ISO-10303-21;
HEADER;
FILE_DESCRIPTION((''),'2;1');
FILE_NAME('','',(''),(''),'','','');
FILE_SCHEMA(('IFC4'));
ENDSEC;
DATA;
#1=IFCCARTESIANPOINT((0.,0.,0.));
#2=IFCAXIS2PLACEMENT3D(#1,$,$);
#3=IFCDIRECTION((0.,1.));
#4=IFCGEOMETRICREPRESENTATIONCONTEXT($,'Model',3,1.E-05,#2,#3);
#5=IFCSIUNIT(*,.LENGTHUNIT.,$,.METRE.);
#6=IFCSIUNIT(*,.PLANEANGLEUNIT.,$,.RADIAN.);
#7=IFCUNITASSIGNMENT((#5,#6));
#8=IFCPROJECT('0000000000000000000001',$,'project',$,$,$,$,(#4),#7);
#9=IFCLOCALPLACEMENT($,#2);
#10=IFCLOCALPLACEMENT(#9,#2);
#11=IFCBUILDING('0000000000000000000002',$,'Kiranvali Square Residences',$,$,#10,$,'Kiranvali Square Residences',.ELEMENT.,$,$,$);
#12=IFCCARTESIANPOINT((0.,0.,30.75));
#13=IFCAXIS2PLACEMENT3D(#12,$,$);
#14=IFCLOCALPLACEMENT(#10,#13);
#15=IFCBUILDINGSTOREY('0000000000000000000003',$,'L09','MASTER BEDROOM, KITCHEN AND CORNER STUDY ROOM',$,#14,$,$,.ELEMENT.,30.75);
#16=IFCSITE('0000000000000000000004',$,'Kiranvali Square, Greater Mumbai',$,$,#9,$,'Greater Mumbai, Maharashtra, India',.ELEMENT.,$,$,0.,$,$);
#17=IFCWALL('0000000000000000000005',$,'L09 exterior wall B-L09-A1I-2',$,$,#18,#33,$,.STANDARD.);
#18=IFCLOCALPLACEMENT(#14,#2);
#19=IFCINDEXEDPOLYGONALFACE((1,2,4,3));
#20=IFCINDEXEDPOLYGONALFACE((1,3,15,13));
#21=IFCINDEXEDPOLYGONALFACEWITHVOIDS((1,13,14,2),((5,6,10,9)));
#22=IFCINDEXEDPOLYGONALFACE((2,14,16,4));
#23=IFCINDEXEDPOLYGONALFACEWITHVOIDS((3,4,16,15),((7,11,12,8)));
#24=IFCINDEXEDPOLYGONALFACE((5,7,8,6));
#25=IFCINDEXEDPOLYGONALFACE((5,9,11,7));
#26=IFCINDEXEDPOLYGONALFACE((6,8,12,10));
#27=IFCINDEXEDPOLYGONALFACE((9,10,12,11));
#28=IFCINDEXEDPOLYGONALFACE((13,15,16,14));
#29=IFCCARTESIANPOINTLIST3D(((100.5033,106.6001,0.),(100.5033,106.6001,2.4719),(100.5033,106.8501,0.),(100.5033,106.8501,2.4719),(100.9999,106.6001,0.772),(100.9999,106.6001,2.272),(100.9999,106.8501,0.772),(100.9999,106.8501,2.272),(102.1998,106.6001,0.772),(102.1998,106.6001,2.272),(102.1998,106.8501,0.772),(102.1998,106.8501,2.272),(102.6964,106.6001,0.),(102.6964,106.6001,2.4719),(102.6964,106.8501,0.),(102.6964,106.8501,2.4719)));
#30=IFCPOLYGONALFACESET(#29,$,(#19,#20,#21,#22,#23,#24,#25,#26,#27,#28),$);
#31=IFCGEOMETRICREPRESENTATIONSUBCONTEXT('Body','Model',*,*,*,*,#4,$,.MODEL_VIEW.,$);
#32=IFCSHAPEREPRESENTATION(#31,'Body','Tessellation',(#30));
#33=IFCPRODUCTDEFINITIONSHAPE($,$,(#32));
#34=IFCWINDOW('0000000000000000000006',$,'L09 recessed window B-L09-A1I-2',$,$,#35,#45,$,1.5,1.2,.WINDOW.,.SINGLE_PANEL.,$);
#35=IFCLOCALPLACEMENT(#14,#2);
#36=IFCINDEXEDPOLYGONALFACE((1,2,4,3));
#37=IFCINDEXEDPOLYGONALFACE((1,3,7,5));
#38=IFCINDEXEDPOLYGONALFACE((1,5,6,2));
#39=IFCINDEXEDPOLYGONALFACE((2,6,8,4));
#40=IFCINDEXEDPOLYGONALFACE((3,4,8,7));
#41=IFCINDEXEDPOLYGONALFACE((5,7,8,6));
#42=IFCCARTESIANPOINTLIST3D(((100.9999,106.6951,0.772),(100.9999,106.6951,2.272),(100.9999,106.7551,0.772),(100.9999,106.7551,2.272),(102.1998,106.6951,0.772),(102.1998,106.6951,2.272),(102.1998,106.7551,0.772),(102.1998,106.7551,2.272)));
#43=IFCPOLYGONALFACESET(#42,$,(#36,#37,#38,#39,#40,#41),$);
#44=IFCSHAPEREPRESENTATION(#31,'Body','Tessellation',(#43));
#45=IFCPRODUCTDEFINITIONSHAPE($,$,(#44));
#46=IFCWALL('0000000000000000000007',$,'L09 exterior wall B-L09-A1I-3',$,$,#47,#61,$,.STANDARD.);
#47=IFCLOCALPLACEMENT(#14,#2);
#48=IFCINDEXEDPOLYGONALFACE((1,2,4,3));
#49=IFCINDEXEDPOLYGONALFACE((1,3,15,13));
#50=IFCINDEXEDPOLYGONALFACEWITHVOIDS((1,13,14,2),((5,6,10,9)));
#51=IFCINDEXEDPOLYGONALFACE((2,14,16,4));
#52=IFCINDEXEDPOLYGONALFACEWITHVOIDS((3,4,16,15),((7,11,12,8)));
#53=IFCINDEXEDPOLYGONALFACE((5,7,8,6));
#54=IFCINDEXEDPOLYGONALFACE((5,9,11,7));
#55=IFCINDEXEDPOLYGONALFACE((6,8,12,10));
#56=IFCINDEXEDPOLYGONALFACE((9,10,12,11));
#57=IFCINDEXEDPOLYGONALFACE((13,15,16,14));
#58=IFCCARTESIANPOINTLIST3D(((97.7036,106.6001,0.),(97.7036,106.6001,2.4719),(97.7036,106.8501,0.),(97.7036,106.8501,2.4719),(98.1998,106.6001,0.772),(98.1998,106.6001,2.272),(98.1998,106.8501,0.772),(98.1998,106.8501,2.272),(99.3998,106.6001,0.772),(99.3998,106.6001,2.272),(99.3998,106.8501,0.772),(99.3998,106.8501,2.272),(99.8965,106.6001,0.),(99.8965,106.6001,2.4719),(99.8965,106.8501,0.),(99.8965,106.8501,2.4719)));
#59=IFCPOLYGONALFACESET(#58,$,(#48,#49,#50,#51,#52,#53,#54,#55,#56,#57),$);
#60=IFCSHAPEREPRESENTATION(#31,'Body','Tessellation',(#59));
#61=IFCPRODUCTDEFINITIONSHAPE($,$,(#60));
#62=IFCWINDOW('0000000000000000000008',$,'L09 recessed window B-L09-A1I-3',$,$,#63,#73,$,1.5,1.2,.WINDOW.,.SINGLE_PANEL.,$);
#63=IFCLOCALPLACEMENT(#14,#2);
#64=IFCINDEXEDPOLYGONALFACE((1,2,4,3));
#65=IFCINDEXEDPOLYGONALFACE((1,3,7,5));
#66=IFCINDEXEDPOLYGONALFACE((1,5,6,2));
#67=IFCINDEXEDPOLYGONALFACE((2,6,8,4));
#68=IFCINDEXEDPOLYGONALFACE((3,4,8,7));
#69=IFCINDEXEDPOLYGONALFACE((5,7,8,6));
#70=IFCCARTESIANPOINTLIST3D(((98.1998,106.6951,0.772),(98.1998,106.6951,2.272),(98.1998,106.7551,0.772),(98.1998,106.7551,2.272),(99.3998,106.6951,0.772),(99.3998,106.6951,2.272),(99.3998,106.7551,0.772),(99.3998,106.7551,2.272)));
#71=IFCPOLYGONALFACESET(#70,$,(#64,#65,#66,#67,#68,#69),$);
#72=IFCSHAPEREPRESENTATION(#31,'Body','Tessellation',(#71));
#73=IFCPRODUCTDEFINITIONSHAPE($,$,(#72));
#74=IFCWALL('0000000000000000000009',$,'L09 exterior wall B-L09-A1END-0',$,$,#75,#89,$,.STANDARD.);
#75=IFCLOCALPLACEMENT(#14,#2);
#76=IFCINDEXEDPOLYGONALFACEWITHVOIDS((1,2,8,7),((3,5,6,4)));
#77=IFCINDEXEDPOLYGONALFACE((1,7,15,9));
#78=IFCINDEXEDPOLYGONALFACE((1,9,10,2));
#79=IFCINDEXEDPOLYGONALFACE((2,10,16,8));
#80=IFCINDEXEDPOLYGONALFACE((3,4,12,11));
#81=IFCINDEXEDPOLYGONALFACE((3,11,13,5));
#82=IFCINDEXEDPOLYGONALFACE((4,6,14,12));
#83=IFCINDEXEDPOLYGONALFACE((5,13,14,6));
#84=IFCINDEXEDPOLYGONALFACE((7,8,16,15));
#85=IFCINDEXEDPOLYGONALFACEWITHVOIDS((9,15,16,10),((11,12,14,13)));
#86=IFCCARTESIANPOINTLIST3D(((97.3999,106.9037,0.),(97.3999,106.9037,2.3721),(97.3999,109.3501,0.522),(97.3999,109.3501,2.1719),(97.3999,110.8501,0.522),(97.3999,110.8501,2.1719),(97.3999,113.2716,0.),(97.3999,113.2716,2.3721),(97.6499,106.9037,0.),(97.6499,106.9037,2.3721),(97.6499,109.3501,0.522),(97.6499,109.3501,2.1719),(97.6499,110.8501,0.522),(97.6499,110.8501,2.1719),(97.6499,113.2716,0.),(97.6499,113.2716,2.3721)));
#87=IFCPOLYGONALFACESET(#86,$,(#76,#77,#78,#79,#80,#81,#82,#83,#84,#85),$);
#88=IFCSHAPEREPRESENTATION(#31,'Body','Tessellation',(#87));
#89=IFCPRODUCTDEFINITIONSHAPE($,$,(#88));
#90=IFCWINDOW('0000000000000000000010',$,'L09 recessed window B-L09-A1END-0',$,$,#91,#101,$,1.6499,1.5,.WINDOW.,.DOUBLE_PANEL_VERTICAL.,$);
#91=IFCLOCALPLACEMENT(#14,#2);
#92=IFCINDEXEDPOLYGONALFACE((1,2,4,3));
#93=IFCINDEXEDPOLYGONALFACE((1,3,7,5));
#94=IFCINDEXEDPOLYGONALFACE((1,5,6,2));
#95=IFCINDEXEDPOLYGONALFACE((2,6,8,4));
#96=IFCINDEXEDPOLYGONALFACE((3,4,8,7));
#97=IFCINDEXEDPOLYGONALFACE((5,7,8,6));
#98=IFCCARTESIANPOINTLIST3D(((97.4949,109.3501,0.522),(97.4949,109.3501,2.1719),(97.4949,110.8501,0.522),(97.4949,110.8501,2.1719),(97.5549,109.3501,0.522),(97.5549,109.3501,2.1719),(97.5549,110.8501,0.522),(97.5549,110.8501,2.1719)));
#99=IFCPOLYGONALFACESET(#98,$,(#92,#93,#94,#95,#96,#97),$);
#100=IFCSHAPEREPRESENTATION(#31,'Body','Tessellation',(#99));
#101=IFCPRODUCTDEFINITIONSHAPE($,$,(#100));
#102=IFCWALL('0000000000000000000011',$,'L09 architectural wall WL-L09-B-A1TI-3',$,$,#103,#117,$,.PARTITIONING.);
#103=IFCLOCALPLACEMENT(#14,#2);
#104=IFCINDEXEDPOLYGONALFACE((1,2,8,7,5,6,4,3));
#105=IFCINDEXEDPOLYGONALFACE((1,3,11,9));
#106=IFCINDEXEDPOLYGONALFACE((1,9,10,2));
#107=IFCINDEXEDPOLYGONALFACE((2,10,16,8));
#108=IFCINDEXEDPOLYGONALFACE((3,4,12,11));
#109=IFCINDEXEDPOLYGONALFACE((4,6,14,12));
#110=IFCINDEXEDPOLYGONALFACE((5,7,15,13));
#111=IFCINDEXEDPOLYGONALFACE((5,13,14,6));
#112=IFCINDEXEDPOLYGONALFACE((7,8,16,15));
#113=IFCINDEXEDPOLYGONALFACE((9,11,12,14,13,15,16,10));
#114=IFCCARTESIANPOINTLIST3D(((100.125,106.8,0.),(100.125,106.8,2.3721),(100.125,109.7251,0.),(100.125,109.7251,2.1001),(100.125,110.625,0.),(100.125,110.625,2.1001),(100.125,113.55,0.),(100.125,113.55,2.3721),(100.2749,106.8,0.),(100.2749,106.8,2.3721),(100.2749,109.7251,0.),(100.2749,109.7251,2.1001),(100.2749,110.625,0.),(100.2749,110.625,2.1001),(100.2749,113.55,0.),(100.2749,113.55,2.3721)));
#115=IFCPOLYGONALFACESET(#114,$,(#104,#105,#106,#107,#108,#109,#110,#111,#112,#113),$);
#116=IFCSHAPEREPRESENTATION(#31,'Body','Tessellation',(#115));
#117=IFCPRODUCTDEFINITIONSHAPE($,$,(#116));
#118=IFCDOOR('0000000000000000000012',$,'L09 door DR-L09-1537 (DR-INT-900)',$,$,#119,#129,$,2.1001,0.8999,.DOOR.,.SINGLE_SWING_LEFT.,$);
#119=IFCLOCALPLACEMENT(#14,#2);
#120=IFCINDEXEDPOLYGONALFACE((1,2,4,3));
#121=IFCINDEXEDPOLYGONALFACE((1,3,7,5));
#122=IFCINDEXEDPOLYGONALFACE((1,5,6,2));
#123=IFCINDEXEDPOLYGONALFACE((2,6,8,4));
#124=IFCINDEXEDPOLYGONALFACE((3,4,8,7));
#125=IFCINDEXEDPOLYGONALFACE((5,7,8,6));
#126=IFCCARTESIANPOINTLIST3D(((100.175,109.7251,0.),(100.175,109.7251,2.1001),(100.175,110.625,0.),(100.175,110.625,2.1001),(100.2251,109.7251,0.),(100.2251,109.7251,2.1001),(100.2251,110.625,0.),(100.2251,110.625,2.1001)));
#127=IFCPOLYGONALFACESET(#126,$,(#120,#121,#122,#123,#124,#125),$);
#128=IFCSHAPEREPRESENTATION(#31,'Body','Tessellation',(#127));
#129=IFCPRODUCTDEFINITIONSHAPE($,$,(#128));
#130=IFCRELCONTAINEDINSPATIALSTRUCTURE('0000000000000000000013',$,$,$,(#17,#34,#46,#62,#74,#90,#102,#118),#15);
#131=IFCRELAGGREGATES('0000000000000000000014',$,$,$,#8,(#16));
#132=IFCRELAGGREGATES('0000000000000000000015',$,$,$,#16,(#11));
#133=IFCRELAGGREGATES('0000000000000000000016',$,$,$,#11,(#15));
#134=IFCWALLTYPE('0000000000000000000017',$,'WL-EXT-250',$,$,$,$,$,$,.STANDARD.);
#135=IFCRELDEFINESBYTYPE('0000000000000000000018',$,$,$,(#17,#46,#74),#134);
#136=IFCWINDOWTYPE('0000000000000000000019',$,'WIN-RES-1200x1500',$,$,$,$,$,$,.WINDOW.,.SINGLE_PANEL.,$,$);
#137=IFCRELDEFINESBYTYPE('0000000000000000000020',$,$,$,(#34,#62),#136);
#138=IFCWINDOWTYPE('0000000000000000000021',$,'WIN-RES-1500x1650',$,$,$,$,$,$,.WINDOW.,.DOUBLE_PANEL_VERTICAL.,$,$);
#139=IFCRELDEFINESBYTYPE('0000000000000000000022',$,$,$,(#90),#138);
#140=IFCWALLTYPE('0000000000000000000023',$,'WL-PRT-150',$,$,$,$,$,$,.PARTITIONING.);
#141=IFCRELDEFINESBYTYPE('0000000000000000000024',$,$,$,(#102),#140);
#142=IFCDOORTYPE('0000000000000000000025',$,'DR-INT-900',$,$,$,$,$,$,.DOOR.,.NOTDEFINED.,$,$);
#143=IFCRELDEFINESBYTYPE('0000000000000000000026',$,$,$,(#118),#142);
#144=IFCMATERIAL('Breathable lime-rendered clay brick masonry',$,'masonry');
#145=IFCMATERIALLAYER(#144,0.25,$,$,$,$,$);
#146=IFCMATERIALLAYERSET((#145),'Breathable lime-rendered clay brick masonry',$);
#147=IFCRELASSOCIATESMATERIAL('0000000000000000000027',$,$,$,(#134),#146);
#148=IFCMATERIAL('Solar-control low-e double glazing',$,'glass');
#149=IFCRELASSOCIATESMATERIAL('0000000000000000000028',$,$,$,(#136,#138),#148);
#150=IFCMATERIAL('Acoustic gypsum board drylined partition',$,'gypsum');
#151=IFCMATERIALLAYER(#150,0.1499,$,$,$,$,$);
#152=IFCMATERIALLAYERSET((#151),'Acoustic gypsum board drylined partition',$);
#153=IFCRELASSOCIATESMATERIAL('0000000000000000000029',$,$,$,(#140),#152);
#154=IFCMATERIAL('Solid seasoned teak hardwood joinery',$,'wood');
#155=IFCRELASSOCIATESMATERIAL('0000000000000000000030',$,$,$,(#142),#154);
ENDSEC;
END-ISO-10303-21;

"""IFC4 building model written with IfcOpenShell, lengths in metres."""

from ifc_helpers import new_model, si_unit, direction, frame, frame_2d, origin, place, context, subcontext, project, spatial, rectangle, extrude, material, layer, layer_set, type_object, element, fill, save


model = new_model("IFC4")

# Units and contexts
model_context = context("Model", 3, precision=1e-05, world=origin(), true_north=direction((0.0, 1.0)))
body_context = subcontext(model_context, "Body", "Model", "MODEL_VIEW")
ifc_project = project(units=[si_unit("LENGTHUNIT", "METRE"), si_unit("PLANEANGLEUNIT", "RADIAN")], contexts=[model_context])

# Site, building, storey
site_placement = place(None, origin())
site = spatial("IfcSite", under=ifc_project, at=site_placement, Name="Kiranvali Square, Greater Mumbai", LongName="Greater Mumbai, Maharashtra, India", CompositionType="ELEMENT", RefElevation=0.0)
building_placement = place(site_placement, origin())
building = spatial("IfcBuilding", under=site, at=building_placement, Name="Kiranvali Square Residences", LongName="Kiranvali Square Residences", CompositionType="ELEMENT")
storey_placement = place(building_placement, frame((0.0, 0.0, 30.75)))
storey = spatial("IfcBuildingStorey", under=building, at=storey_placement, Name="L09", Description="MASTER BEDROOM, KITCHEN AND CORNER STUDY ROOM", CompositionType="ELEMENT", Elevation=30.75)

# Walls, openings, windows
ifc_material_1 = material(Name="Breathable lime-rendered clay brick masonry", Category="masonry")
ifc_layer_1 = layer(ifc_material_1, 0.25)
ifc_layer_set_1 = layer_set([ifc_layer_1], Name="Breathable lime-rendered clay brick masonry")
wall_type_1 = type_object("IfcWallType", Name="WL-EXT-250", PredefinedType="STANDARD", material=ifc_layer_set_1)
ifc_material_2 = material(Name="Solar-control low-e double glazing", Category="glass")
window_type_1 = type_object("IfcWindowType", Name="WIN-RES-1200x1500", PartitioningType="SINGLE_PANEL", PredefinedType="WINDOW", material=ifc_material_2)
wall_1_placement = place(storey_placement, frame((102.6965, 106.7251, 0.0), z_axis=(0.0, 0.0, 1.0), x_axis=(-1.0, 0.0, 0.0)))
wall_1 = element("IfcWall", 1, at=wall_1_placement, inside=storey, type_object=wall_type_1, Name="L09 exterior wall B-L09-A1I-2", PredefinedType="STANDARD", context=body_context, shape_type="SweptSolid", body=[
    extrude(rectangle(XDim=2.1931, YDim=0.25, at=frame_2d((1.0967, 0.0))), origin(), (0.0, 0.0, 1.0), 2.4719),
])
opening_1_placement = place(wall_1_placement, frame((0.4966, 0.0, 0.772)))
opening_1 = element("IfcOpeningElement", 2, at=opening_1_placement, cuts=wall_1, PredefinedType="OPENING", context=body_context, shape_type="SweptSolid", body=[
    extrude(rectangle(XDim=1.2, YDim=1.5, at=frame_2d((0.6001, 0.75))), frame((0.0, 0.135, 0.0), z_axis=(0.0, -1.0, 0.0), x_axis=(1.0, 0.0, 0.0)), (0.0, 0.0, 1.0), 0.27),
])
window_1_placement = place(opening_1_placement, origin())
window_1 = element("IfcWindow", 3, at=window_1_placement, inside=storey, type_object=window_type_1, Name="L09 recessed window B-L09-A1I-2", OverallHeight=1.5, OverallWidth=1.2, PartitioningType="SINGLE_PANEL", PredefinedType="WINDOW", context=body_context, shape_type="SweptSolid", body=[
    extrude(rectangle(XDim=1.2, YDim=1.5, at=frame_2d((0.6001, 0.75))), frame((0.0, 0.03, 0.0), z_axis=(0.0, -1.0, 0.0), x_axis=(1.0, 0.0, 0.0)), (0.0, 0.0, 1.0), 0.0601),
])
fill(opening_1, window_1)
wall_2_placement = place(storey_placement, frame((99.8965, 106.7251, 0.0), z_axis=(0.0, 0.0, 1.0), x_axis=(-1.0, 0.0, 0.0)))
wall_2 = element("IfcWall", 4, at=wall_2_placement, inside=storey, type_object=wall_type_1, Name="L09 exterior wall B-L09-A1I-3", PredefinedType="STANDARD", context=body_context, shape_type="SweptSolid", body=[
    extrude(rectangle(XDim=2.1929, YDim=0.25, at=frame_2d((1.0964, 0.0))), origin(), (0.0, 0.0, 1.0), 2.4719),
])
opening_2_placement = place(wall_2_placement, frame((0.4966, 0.0, 0.772)))
opening_2 = element("IfcOpeningElement", 5, at=opening_2_placement, cuts=wall_2, PredefinedType="OPENING", context=body_context, shape_type="SweptSolid", body=[
    extrude(rectangle(XDim=1.2, YDim=1.5, at=frame_2d((0.6001, 0.75))), frame((0.0, 0.135, 0.0), z_axis=(0.0, -1.0, 0.0), x_axis=(1.0, 0.0, 0.0)), (0.0, 0.0, 1.0), 0.27),
])
window_2_placement = place(opening_2_placement, origin())
window_2 = element("IfcWindow", 6, at=window_2_placement, inside=storey, type_object=window_type_1, Name="L09 recessed window B-L09-A1I-3", OverallHeight=1.5, OverallWidth=1.2, PartitioningType="SINGLE_PANEL", PredefinedType="WINDOW", context=body_context, shape_type="SweptSolid", body=[
    extrude(rectangle(XDim=1.2, YDim=1.5, at=frame_2d((0.6001, 0.75))), frame((0.0, 0.03, 0.0), z_axis=(0.0, -1.0, 0.0), x_axis=(1.0, 0.0, 0.0)), (0.0, 0.0, 1.0), 0.0601),
])
fill(opening_2, window_2)
wall_3_placement = place(storey_placement, frame((97.5249, 106.9036, 0.0), z_axis=(0.0, 0.0, 1.0), x_axis=(0.0, 1.0, 0.0)))
wall_3 = element("IfcWall", 7, at=wall_3_placement, inside=storey, type_object=wall_type_1, Name="L09 exterior wall B-L09-A1END-0", PredefinedType="STANDARD", context=body_context, shape_type="SweptSolid", body=[
    extrude(rectangle(XDim=6.3679, YDim=0.25, at=frame_2d((3.1841, 0.0))), origin(), (0.0, 0.0, 1.0), 2.3721),
])
opening_3_placement = place(wall_3_placement, frame((2.4465, 0.0, 0.522)))
opening_3 = element("IfcOpeningElement", 8, at=opening_3_placement, cuts=wall_3, PredefinedType="OPENING", context=body_context, shape_type="SweptSolid", body=[
    extrude(rectangle(XDim=1.5, YDim=1.6499, at=frame_2d((0.75, 0.825))), frame((0.0, 0.135, 0.0), z_axis=(0.0, -1.0, 0.0), x_axis=(1.0, 0.0, 0.0)), (0.0, 0.0, 1.0), 0.27),
])
window_type_2 = type_object("IfcWindowType", Name="WIN-RES-1500x1650", PartitioningType="DOUBLE_PANEL_VERTICAL", PredefinedType="WINDOW", material=ifc_material_2)
window_3_placement = place(opening_3_placement, origin())
window_3 = element("IfcWindow", 9, at=window_3_placement, inside=storey, type_object=window_type_2, Name="L09 recessed window B-L09-A1END-0", OverallHeight=1.6499, OverallWidth=1.5, PartitioningType="DOUBLE_PANEL_VERTICAL", PredefinedType="WINDOW", context=body_context, shape_type="SweptSolid", body=[
    extrude(rectangle(XDim=1.5, YDim=1.6499, at=frame_2d((0.75, 0.825))), frame((0.0, 0.03, 0.0), z_axis=(0.0, -1.0, 0.0), x_axis=(1.0, 0.0, 0.0)), (0.0, 0.0, 1.0), 0.0601),
])
fill(opening_3, window_3)

# Wall, opening, door
ifc_material_3 = material(Name="Acoustic gypsum board drylined partition", Category="gypsum")
ifc_layer_2 = layer(ifc_material_3, 0.1499)
ifc_layer_set_2 = layer_set([ifc_layer_2], Name="Acoustic gypsum board drylined partition")
wall_type_2 = type_object("IfcWallType", Name="WL-PRT-150", PredefinedType="PARTITIONING", material=ifc_layer_set_2)
wall_4_placement = place(storey_placement, frame((100.2, 106.8, 0.0), z_axis=(0.0, 0.0, 1.0), x_axis=(0.0, 1.0, 0.0)))
wall_4 = element("IfcWall", 10, at=wall_4_placement, inside=storey, type_object=wall_type_2, Name="L09 architectural wall WL-L09-B-A1TI-3", PredefinedType="PARTITIONING", context=body_context, shape_type="SweptSolid", body=[
    extrude(rectangle(XDim=6.75, YDim=0.1499, at=frame_2d((3.375, 0.0))), origin(), (0.0, 0.0, 1.0), 2.3721),
])
opening_4_placement = place(wall_4_placement, frame((2.925, 0.0, 0.0)))
opening_4 = element("IfcOpeningElement", 11, at=opening_4_placement, cuts=wall_4, PredefinedType="OPENING", context=body_context, shape_type="SweptSolid", body=[
    extrude(rectangle(XDim=0.8999, YDim=2.1001, at=frame_2d((0.45, 1.05))), frame((0.0, 0.085, 0.0), z_axis=(0.0, -1.0, 0.0), x_axis=(1.0, 0.0, 0.0)), (0.0, 0.0, 1.0), 0.1699),
])
ifc_material_4 = material(Name="Solid seasoned teak hardwood joinery", Category="wood")
door_type = type_object("IfcDoorType", Name="DR-INT-900", OperationType="NOTDEFINED", PredefinedType="DOOR", material=ifc_material_4)
door_placement = place(opening_4_placement, origin())
door = element("IfcDoor", 12, at=door_placement, inside=storey, type_object=door_type, Name="L09 door DR-L09-1537 (DR-INT-900)", OperationType="SINGLE_SWING_LEFT", OverallHeight=2.1001, OverallWidth=0.8999, PredefinedType="DOOR", context=body_context, shape_type="SweptSolid", body=[
    extrude(rectangle(XDim=0.8999, YDim=2.1001, at=frame_2d((0.45, 1.05))), frame((0.0, 0.0249, 0.0), z_axis=(0.0, -1.0, 0.0), x_axis=(1.0, 0.0, 0.0)), (0.0, 0.0, 1.0), 0.05),
])
fill(opening_4, door)

save(model, "model.ifc")
